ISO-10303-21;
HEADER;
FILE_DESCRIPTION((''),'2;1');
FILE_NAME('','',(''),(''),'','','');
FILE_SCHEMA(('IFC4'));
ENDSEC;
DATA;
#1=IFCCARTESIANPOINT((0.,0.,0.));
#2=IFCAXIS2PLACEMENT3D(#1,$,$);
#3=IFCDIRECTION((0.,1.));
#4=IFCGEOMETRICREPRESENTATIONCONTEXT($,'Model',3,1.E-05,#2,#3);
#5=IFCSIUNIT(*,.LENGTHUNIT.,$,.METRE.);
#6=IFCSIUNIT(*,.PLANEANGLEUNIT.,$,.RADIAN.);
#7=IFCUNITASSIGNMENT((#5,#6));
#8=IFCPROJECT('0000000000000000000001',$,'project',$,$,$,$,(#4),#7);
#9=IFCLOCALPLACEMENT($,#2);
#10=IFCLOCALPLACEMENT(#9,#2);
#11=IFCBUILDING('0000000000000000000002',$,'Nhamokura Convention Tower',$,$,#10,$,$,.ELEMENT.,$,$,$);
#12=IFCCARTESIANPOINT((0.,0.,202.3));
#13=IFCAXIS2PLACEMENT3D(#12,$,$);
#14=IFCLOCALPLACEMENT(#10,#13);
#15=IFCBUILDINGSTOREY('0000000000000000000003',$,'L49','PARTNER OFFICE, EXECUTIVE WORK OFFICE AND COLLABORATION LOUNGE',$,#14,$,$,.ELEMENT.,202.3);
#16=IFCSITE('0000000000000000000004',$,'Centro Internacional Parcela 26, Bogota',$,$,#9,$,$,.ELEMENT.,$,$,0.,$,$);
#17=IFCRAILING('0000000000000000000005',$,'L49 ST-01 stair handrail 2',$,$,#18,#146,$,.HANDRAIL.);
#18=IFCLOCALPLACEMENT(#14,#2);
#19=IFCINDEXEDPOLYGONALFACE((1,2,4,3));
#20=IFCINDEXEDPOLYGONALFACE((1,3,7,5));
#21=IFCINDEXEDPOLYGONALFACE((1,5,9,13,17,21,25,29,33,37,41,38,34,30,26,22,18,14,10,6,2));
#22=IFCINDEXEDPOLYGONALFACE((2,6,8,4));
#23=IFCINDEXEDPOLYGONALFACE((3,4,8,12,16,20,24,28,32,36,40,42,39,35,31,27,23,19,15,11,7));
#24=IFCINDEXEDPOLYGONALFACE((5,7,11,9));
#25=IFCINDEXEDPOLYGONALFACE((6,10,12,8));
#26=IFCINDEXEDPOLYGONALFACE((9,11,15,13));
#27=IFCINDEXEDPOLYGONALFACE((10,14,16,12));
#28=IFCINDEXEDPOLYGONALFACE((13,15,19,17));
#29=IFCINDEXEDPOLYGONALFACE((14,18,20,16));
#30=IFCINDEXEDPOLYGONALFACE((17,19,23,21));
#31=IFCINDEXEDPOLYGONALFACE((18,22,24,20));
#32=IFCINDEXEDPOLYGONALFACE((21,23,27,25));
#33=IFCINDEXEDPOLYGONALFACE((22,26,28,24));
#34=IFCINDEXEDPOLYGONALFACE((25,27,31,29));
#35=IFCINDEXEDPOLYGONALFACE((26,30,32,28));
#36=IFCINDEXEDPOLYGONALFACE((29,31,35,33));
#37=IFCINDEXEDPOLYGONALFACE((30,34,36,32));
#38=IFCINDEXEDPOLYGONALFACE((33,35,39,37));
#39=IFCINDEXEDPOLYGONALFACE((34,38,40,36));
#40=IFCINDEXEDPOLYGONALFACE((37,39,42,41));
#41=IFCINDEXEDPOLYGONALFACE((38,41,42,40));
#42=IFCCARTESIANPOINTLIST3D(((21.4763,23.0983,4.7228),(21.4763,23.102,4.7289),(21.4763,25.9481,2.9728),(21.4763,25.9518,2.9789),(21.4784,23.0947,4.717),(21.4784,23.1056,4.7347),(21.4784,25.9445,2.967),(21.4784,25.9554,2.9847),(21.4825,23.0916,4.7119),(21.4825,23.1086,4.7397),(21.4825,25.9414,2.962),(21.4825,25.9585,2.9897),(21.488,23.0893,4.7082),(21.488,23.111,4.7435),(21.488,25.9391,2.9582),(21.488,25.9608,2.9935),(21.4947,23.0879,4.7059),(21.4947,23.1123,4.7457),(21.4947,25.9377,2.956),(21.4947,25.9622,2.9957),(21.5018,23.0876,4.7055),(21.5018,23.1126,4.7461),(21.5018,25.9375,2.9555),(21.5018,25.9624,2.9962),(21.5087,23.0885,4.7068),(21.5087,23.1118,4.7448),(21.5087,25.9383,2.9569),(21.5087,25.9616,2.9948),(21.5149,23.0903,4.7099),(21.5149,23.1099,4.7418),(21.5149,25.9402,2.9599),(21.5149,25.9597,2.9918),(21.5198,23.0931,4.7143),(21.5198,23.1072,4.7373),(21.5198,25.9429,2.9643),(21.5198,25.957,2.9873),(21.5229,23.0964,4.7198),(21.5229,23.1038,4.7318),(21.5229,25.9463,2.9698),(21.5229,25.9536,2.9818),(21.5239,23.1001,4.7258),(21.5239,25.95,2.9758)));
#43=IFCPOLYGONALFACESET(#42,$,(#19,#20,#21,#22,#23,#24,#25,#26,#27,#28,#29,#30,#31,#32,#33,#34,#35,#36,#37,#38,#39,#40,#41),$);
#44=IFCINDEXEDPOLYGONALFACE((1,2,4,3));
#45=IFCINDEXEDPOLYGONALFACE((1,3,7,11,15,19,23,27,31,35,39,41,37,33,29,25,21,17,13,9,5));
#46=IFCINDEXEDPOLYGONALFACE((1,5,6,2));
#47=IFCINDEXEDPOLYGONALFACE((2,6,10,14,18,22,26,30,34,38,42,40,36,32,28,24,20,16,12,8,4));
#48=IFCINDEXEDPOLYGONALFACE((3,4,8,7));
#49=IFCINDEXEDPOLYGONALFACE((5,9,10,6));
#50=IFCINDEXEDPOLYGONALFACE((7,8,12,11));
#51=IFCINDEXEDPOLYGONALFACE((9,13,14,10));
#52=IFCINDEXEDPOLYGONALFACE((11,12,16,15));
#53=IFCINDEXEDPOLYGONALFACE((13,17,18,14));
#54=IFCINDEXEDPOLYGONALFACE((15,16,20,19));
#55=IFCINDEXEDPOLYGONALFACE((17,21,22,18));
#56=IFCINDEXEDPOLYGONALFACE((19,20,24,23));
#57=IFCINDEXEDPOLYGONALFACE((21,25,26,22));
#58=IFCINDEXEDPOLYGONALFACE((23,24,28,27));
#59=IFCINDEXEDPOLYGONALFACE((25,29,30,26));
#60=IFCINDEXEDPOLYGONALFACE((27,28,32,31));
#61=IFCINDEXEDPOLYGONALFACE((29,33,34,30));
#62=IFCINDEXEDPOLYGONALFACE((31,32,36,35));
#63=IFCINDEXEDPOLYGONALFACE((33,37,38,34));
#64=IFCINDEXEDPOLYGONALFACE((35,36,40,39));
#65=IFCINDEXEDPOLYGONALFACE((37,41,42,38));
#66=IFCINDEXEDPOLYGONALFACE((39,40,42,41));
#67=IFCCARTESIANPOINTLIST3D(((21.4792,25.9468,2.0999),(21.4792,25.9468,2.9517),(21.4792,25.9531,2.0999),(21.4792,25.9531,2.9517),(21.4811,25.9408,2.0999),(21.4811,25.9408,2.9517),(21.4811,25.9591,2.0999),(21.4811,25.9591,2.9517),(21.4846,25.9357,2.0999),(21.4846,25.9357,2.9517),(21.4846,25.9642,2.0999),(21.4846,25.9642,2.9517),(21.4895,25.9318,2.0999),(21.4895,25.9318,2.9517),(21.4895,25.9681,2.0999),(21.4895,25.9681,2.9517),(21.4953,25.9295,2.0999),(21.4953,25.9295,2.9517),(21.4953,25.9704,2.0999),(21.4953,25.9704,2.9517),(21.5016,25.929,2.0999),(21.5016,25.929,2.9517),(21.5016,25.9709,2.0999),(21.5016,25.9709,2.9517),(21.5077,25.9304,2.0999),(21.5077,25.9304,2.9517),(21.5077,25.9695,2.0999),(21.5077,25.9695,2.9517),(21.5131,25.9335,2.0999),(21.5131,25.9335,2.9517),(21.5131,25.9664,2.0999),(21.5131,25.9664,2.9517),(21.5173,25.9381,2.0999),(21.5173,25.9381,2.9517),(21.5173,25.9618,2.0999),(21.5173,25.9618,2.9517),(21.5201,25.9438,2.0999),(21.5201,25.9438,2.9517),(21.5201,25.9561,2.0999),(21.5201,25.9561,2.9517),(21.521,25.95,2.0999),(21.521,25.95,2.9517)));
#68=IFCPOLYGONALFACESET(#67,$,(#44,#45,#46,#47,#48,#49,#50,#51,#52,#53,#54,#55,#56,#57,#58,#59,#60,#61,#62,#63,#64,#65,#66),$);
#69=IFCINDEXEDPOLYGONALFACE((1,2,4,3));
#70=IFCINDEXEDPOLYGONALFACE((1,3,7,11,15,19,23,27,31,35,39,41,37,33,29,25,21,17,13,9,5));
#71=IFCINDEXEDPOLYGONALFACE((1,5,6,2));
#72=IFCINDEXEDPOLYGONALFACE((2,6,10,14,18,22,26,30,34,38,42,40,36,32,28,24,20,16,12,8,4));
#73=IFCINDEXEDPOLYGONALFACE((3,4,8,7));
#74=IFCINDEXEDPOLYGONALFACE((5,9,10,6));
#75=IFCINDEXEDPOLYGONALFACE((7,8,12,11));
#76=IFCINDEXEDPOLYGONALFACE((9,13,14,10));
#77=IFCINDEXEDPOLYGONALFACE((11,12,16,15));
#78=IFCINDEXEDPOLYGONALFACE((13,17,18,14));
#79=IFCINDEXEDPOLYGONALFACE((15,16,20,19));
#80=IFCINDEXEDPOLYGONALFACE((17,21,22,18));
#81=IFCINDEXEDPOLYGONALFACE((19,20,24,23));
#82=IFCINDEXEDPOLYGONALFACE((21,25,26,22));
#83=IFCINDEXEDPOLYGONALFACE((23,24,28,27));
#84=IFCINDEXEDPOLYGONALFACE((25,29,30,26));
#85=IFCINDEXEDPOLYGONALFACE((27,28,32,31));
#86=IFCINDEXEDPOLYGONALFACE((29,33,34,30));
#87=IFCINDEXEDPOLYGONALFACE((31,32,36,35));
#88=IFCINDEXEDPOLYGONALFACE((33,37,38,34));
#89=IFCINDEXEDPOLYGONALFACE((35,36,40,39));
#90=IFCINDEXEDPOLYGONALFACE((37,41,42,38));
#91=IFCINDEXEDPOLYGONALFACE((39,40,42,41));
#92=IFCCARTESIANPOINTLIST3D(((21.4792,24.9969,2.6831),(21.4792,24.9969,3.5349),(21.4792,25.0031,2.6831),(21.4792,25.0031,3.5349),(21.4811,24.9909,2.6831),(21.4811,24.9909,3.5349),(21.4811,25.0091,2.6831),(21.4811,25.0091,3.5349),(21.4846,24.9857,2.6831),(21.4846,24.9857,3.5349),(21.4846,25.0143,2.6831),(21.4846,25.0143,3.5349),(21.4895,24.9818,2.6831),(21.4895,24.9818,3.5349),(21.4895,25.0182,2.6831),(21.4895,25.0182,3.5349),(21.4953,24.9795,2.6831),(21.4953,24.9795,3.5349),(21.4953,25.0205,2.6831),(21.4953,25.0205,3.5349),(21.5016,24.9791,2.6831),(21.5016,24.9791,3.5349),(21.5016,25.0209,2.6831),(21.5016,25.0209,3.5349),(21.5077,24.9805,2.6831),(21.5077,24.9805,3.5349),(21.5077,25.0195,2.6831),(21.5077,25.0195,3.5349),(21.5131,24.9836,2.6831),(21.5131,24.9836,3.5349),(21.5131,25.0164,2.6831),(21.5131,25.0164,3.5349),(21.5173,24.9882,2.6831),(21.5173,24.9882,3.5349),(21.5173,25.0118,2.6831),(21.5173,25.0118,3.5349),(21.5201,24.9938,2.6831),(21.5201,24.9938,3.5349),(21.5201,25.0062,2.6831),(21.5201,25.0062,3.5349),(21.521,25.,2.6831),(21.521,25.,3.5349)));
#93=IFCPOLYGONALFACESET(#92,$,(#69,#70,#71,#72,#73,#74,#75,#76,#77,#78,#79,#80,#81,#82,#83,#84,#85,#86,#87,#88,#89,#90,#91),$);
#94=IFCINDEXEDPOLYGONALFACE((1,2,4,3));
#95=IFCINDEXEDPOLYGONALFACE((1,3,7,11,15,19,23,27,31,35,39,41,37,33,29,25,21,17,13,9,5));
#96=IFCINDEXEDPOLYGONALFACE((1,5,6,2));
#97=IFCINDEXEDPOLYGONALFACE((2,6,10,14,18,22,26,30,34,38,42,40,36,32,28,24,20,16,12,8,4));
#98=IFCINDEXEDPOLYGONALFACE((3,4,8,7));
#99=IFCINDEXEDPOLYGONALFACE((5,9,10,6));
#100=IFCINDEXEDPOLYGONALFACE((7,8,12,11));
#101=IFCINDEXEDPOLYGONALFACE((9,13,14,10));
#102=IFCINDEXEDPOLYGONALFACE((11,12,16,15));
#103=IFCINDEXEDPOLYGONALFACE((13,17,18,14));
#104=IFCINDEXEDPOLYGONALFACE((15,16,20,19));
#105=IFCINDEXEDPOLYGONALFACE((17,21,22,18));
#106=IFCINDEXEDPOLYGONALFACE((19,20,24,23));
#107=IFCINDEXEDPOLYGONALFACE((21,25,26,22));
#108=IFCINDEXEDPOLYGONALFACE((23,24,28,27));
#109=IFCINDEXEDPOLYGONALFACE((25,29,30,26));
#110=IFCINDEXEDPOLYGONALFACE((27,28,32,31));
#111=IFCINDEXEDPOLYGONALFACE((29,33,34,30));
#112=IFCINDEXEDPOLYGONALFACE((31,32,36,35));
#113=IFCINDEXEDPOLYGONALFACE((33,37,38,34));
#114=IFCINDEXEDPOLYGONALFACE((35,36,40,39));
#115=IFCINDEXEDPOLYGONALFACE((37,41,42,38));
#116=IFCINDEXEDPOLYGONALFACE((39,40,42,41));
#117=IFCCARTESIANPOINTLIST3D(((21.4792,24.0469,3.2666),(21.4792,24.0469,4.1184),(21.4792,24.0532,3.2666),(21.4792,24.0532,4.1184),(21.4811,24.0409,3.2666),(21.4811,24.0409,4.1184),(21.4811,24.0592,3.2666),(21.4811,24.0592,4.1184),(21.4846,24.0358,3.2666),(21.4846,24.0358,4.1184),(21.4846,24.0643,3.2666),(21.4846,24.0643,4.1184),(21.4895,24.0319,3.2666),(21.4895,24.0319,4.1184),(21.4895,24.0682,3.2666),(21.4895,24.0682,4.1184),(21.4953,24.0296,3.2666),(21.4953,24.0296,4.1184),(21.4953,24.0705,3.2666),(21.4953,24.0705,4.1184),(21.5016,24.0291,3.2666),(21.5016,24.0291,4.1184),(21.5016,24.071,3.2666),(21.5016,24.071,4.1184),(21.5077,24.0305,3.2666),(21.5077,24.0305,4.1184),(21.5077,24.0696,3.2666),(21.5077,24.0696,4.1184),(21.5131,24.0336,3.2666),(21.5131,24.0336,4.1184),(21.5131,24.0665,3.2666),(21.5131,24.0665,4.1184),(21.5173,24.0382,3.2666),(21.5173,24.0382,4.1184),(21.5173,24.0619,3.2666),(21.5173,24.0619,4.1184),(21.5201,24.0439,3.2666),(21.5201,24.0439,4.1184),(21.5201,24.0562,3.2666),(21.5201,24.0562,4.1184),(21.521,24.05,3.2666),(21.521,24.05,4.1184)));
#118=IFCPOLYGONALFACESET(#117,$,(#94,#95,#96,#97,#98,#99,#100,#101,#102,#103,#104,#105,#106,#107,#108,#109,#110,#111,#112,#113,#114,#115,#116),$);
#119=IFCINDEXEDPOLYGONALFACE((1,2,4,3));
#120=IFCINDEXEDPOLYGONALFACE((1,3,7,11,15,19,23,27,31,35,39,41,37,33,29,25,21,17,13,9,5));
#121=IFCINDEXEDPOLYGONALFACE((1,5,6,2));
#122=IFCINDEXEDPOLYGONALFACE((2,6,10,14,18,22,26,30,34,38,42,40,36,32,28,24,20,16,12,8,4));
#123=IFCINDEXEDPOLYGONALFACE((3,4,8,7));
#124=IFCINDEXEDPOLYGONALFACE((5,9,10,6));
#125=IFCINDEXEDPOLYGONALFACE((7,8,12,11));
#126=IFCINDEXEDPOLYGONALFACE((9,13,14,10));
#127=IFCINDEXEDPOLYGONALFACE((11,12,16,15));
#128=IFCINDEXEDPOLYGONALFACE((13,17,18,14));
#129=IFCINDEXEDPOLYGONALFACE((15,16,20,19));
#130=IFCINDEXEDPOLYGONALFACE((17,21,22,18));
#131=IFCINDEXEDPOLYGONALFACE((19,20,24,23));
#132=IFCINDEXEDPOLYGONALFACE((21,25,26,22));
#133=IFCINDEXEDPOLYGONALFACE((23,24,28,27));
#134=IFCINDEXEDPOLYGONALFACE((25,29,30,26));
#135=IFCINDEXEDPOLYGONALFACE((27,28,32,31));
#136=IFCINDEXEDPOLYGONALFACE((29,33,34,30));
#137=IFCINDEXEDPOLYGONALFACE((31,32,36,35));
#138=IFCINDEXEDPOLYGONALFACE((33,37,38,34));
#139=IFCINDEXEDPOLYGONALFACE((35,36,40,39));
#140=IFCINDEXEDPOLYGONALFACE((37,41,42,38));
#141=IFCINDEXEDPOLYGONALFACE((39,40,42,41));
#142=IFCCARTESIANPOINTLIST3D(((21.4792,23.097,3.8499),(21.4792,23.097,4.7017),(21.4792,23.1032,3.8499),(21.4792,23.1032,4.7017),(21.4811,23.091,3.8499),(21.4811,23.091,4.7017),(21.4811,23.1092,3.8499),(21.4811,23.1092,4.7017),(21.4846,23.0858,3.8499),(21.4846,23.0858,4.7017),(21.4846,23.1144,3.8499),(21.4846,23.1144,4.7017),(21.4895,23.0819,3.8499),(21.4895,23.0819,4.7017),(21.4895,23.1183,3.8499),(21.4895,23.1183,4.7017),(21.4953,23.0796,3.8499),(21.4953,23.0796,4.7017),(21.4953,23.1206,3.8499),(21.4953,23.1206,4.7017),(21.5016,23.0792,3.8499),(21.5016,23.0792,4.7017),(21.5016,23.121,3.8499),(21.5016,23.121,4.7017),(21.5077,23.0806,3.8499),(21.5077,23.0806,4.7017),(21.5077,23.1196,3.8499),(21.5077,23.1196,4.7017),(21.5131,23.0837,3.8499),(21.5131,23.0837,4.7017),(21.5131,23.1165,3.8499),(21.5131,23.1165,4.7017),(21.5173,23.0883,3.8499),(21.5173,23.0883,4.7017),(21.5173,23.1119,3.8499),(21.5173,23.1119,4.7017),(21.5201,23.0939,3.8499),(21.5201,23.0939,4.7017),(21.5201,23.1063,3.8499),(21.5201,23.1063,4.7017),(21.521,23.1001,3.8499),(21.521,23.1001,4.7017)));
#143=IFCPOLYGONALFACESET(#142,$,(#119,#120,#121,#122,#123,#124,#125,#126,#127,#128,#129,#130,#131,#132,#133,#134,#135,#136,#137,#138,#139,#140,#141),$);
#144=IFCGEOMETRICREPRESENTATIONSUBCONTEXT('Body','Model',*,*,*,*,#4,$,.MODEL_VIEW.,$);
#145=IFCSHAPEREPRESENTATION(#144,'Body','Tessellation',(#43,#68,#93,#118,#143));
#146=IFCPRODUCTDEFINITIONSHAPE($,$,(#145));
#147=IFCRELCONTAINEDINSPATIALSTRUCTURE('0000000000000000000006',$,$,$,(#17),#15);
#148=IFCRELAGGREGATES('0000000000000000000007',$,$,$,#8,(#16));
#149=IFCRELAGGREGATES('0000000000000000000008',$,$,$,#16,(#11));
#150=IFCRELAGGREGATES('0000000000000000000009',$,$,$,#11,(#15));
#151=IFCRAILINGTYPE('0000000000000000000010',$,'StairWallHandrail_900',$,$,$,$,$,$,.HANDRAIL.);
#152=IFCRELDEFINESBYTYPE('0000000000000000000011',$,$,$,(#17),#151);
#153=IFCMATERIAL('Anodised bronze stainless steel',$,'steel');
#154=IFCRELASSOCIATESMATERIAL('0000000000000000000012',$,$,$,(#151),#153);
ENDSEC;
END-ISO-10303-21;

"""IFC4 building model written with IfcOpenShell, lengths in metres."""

from ifc_helpers import new_model, si_unit, direction, frame, origin, origin_2d, place, context, subcontext, project, spatial, circle, extrude, material, type_object, element, save


model = new_model("IFC4")

# Units and contexts
model_context = context("Model", 3, precision=1e-05, world=origin(), true_north=direction((0.0, 1.0)))
body_context = subcontext(model_context, "Body", "Model", "MODEL_VIEW")
ifc_project = project(units=[si_unit("LENGTHUNIT", "METRE"), si_unit("PLANEANGLEUNIT", "RADIAN")], contexts=[model_context])

# Site, building, storey
site_placement = place(None, origin())
site = spatial("IfcSite", under=ifc_project, at=site_placement, Name="Centro Internacional Parcela 26, Bogota", CompositionType="ELEMENT", RefElevation=0.0)
building_placement = place(site_placement, origin())
building = spatial("IfcBuilding", under=site, at=building_placement, Name="Nhamokura Convention Tower", CompositionType="ELEMENT")
storey_placement = place(building_placement, frame((0.0, 0.0, 202.3)))
storey = spatial("IfcBuildingStorey", under=building, at=storey_placement, Name="L49", Description="PARTNER OFFICE, EXECUTIVE WORK OFFICE AND COLLABORATION LOUNGE", CompositionType="ELEMENT", Elevation=202.3)

# Railing
ifc_material_1 = material(Name="Anodised bronze stainless steel", Category="steel")
railing_type_1 = type_object("IfcRailingType", Name="StairWallHandrail_900", PredefinedType="HANDRAIL", material=ifc_material_1)
railing_1_placement = place(storey_placement, frame((21.5, 25.95, 2.0999)))
element("IfcRailing", 1, at=railing_1_placement, inside=storey, type_object=railing_type_1, Name="L49 ST-01 stair handrail 2", PredefinedType="HANDRAIL", context=body_context, shape_type="SweptSolid", body=[
    extrude(circle(Radius=0.0239, at=origin_2d()), frame((0.0, 0.0, 0.876), z_axis=(0.0, -0.852159, 0.523283), x_axis=(1.0, 0.0, 0.0)), (0.0, 0.0, 1.0), 3.3442),
    extrude(circle(Radius=0.021, at=origin_2d()), origin(), (0.0, 0.0, 1.0), 0.8518),
    extrude(circle(Radius=0.021, at=origin_2d()), frame((0.0, -0.95, 0.5833)), (0.0, 0.0, 1.0), 0.8518),
    extrude(circle(Radius=0.021, at=origin_2d()), frame((0.0, -1.8999, 1.1667)), (0.0, 0.0, 1.0), 0.8518),
    extrude(circle(Radius=0.021, at=origin_2d()), frame((0.0, -2.8499, 1.75)), (0.0, 0.0, 1.0), 0.8518),
])

save(model, "model.ifc")
